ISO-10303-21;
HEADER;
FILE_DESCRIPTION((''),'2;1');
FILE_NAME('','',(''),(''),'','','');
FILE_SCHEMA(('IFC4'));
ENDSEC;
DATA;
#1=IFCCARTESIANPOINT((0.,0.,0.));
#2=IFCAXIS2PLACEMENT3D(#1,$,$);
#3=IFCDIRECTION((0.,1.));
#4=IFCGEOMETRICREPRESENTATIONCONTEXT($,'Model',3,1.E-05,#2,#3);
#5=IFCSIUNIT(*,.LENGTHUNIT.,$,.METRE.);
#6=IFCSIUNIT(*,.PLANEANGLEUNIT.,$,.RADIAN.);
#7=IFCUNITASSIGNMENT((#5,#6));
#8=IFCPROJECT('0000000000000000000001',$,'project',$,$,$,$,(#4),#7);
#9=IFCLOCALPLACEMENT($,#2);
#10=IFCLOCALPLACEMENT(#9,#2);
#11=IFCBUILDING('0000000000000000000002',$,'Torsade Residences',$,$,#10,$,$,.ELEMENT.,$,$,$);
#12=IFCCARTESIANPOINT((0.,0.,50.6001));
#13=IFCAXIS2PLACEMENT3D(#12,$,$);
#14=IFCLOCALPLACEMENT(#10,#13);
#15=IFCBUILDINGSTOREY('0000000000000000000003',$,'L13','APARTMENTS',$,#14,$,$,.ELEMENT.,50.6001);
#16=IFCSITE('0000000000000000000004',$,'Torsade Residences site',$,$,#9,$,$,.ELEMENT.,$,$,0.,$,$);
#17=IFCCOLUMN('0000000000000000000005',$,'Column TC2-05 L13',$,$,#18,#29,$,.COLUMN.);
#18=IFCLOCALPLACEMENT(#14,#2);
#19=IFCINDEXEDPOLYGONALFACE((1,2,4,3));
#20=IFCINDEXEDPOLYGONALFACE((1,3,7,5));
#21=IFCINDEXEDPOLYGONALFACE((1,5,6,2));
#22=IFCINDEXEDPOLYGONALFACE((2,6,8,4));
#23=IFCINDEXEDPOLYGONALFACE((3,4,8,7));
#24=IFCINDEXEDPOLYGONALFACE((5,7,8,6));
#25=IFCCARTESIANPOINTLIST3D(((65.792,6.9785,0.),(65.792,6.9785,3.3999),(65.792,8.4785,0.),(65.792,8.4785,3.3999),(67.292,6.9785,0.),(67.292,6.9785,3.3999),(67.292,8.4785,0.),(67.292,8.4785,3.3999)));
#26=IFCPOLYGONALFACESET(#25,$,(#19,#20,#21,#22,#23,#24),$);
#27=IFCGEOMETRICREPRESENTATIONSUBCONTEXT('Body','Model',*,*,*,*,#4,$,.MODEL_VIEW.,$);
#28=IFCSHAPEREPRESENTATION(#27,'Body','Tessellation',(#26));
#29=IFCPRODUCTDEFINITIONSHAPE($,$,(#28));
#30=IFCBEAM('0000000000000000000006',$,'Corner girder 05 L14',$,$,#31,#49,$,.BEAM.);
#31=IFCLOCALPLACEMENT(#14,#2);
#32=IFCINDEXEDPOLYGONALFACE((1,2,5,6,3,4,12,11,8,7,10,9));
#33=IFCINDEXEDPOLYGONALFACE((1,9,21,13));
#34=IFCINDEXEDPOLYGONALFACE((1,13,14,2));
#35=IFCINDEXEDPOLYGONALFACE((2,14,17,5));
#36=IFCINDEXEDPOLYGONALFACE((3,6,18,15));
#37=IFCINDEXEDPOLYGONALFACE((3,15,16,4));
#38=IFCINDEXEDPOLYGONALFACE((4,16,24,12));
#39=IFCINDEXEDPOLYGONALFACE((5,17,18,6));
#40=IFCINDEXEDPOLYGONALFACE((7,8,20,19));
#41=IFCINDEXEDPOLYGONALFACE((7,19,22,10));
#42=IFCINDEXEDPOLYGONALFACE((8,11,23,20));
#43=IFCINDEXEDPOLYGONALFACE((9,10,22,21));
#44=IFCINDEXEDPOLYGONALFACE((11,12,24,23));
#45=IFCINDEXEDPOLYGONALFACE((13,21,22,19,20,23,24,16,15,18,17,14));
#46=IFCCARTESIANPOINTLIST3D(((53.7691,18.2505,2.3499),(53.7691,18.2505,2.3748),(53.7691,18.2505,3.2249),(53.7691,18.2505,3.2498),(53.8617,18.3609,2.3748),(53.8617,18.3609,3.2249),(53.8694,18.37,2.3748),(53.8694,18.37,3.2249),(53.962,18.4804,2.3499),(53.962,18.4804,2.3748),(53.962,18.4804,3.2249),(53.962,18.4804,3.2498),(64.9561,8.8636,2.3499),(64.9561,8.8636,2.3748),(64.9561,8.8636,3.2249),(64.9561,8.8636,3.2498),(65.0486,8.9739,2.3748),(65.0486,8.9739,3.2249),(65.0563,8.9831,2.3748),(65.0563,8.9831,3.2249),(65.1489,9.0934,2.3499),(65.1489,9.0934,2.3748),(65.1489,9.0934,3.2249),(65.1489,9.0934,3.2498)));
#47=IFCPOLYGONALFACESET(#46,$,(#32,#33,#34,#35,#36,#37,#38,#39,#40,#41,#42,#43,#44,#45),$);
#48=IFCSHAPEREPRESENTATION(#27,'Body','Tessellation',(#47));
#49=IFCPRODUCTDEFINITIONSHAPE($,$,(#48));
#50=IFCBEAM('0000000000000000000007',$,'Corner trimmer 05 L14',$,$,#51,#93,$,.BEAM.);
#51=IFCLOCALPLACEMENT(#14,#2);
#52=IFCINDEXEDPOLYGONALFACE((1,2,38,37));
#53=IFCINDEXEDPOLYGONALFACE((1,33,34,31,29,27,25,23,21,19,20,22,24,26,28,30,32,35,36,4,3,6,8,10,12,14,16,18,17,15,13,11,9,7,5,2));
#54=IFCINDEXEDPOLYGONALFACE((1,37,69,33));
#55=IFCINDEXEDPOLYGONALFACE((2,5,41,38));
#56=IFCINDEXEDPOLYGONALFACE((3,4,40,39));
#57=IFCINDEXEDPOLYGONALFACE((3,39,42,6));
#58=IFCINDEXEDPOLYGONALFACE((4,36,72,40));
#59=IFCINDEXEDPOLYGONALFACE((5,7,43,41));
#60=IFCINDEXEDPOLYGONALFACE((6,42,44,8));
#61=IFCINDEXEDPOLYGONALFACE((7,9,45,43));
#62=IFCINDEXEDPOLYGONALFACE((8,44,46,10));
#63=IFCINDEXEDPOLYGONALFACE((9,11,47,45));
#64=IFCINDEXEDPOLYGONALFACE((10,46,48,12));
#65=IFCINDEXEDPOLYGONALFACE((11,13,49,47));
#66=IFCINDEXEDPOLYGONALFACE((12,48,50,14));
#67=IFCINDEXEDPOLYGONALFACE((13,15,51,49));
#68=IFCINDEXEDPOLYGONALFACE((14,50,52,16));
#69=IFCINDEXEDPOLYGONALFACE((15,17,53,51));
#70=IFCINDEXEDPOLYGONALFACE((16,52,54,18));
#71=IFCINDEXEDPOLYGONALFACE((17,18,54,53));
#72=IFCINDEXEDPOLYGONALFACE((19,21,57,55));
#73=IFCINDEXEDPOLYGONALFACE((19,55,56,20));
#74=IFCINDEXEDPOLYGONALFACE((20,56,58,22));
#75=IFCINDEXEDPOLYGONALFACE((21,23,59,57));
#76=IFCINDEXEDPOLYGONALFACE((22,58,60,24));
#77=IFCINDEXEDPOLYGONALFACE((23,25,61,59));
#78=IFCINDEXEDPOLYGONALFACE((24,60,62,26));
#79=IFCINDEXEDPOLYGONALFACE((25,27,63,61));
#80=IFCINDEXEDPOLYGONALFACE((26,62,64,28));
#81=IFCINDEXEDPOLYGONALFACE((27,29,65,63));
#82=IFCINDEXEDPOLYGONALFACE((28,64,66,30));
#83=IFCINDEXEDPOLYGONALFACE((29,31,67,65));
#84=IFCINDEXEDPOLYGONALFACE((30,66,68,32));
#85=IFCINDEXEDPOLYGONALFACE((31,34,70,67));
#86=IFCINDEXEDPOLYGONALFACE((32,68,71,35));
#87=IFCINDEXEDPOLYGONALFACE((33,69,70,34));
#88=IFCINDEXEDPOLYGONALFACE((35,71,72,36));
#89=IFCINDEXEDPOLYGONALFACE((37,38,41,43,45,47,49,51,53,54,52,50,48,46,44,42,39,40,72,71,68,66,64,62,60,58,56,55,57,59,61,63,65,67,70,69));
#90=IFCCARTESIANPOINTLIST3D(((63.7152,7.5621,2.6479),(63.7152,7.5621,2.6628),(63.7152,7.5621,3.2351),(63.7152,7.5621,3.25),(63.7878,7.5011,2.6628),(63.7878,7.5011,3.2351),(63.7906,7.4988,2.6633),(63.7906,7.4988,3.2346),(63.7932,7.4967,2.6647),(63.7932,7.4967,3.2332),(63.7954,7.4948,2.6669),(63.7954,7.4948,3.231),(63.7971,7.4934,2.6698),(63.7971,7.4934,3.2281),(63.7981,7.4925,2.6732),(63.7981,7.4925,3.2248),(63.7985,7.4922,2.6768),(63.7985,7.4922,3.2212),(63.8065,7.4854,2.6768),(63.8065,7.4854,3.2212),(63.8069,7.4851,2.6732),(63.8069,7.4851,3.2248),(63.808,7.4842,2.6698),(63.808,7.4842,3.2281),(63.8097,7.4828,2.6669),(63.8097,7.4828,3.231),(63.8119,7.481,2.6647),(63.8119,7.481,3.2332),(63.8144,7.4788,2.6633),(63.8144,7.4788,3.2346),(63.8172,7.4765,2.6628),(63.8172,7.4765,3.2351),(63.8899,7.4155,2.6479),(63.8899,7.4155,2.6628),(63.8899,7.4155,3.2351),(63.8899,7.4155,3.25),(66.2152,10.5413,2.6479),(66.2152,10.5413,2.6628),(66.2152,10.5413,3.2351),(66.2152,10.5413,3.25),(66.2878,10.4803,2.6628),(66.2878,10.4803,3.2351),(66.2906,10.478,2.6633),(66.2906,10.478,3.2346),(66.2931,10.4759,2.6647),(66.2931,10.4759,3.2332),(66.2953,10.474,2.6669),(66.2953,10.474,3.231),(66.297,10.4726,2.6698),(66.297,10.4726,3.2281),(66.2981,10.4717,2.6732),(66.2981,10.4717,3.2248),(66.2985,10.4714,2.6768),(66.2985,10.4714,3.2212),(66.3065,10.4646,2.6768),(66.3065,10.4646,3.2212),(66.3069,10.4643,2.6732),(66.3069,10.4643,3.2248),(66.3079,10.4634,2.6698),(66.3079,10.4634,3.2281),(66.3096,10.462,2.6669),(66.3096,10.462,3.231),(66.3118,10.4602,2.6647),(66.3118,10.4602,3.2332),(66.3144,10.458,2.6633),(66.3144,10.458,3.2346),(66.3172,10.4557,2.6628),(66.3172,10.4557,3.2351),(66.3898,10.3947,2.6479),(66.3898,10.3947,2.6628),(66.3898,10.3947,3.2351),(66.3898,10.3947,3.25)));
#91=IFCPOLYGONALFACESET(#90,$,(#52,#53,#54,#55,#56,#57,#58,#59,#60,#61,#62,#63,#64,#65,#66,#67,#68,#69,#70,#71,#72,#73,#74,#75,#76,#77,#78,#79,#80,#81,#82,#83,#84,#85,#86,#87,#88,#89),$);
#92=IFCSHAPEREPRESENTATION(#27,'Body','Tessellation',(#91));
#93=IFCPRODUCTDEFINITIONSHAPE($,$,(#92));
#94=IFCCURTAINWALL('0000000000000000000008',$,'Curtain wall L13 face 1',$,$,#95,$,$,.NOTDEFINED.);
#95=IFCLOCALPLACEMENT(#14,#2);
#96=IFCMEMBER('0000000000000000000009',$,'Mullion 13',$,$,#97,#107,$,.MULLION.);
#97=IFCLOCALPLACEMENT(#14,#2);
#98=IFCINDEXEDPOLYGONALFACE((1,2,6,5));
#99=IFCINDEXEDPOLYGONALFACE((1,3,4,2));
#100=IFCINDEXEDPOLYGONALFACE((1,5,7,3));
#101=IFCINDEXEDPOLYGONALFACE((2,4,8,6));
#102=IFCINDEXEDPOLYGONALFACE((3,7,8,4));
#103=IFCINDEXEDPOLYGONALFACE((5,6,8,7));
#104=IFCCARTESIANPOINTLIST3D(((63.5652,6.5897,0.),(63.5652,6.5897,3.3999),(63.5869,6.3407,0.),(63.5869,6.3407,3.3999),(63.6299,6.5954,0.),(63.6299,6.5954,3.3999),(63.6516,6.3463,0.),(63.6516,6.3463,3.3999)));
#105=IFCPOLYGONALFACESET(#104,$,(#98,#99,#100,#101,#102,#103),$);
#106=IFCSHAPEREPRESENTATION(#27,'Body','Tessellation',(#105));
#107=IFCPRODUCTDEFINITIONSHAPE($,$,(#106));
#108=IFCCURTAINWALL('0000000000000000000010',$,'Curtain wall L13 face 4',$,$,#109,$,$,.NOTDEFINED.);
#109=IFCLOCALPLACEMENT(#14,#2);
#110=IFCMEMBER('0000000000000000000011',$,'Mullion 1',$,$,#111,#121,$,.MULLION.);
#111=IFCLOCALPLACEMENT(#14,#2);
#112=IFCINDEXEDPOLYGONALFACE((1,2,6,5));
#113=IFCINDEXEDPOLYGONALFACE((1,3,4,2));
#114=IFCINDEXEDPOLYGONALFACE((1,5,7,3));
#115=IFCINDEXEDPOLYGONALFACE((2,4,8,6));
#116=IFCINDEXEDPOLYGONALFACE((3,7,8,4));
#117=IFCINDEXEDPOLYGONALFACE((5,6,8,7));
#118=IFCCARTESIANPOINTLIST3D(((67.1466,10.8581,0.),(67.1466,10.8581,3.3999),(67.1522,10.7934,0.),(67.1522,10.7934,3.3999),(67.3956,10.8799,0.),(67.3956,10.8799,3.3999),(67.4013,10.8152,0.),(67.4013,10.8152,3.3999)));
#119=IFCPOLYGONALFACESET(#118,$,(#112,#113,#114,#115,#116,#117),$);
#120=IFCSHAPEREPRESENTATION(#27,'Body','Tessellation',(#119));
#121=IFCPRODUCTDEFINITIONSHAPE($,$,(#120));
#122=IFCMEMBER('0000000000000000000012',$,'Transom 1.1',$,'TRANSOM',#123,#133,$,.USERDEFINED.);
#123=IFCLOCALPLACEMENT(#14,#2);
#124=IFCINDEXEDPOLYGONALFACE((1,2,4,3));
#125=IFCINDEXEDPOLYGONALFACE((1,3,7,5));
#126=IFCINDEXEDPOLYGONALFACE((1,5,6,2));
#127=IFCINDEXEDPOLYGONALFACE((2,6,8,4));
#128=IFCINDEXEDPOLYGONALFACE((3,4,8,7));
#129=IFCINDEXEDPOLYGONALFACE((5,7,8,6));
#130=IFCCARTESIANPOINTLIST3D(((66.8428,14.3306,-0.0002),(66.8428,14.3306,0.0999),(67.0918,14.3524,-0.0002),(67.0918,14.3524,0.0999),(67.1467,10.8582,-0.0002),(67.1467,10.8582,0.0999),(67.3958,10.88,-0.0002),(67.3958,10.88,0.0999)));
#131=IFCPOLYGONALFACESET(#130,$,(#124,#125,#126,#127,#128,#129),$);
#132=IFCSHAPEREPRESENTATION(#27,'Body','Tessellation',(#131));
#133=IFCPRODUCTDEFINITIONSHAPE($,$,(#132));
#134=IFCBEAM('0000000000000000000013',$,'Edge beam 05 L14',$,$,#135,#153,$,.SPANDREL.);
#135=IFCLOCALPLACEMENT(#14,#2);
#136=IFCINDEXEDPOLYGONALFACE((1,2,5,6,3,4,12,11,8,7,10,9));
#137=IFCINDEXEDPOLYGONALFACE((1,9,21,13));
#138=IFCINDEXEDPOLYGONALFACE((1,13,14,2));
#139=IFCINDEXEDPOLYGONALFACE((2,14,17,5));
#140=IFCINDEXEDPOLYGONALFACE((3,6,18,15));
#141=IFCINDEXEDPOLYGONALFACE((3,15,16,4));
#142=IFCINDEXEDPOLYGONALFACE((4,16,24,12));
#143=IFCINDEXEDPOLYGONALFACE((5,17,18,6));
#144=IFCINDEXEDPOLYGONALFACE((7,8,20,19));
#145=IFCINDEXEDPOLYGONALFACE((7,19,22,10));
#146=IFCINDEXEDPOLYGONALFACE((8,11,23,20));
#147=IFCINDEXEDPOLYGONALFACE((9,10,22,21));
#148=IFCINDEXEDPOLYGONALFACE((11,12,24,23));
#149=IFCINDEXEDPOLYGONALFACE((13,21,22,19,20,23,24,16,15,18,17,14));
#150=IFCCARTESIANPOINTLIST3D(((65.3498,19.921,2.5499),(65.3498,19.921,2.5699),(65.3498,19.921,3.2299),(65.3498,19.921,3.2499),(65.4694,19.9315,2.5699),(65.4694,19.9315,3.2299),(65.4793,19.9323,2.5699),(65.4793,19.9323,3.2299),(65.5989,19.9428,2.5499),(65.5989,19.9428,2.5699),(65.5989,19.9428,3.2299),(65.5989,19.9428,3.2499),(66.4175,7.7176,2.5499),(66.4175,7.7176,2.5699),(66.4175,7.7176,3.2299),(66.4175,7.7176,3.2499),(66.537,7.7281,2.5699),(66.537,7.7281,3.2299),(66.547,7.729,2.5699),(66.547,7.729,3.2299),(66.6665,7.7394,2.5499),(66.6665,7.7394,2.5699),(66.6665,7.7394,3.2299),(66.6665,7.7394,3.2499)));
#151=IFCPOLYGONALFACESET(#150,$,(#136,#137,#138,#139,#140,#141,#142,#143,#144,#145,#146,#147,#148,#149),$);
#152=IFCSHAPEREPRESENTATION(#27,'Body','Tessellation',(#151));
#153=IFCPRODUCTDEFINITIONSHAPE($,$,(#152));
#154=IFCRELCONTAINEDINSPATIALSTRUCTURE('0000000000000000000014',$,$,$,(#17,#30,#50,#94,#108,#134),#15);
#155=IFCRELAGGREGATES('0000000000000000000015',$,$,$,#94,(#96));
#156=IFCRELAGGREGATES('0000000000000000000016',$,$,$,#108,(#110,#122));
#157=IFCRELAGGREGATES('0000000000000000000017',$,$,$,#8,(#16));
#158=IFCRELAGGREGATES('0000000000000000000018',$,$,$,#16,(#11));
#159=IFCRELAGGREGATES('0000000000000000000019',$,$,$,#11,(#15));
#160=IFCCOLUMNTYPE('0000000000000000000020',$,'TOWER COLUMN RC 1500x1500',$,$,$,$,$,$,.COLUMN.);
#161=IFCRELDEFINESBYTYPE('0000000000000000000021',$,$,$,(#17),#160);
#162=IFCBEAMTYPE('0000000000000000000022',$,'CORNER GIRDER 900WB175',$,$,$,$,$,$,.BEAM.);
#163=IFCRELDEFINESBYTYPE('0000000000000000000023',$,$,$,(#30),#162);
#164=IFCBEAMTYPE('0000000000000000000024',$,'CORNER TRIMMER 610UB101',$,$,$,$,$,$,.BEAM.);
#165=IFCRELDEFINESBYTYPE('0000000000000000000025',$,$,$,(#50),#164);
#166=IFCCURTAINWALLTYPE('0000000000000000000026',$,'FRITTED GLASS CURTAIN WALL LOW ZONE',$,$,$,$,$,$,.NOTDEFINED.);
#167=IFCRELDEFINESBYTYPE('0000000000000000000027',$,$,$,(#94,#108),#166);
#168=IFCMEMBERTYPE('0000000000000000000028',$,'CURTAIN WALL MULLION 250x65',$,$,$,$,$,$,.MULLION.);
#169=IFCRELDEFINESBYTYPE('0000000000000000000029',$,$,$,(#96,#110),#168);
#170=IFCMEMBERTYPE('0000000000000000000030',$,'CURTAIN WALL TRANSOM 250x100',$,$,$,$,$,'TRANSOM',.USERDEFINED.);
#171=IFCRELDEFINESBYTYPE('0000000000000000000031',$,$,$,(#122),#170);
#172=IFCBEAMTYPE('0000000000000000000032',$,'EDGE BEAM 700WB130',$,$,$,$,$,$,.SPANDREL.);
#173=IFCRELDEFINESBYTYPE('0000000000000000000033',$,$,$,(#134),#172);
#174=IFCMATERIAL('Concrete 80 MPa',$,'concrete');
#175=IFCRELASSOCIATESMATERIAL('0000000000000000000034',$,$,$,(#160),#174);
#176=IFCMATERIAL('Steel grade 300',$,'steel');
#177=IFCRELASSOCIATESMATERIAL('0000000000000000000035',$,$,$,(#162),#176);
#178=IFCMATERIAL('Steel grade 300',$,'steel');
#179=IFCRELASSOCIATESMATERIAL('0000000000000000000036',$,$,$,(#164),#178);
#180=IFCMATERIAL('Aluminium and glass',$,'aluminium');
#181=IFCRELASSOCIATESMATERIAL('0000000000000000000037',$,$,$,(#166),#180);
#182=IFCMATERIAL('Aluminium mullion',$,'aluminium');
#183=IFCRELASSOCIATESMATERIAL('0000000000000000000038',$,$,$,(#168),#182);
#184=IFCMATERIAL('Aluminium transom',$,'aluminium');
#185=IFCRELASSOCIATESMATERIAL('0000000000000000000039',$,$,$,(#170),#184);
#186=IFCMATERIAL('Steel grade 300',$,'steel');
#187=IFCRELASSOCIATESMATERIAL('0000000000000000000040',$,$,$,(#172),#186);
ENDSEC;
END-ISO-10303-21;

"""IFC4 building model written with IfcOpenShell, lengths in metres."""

from ifc_helpers import new_model, si_unit, direction, frame, origin, origin_2d, place, context, subcontext, project, spatial, rectangle, i_section, extrude, material, material_profile, profile_set, type_object, element, aggregate, save


model = new_model("IFC4")

# Units and contexts
model_context = context("Model", 3, precision=1e-05, world=origin(), true_north=direction((0.0, 1.0)))
body_context = subcontext(model_context, "Body", "Model", "MODEL_VIEW")
ifc_project = project(units=[si_unit("LENGTHUNIT", "METRE"), si_unit("PLANEANGLEUNIT", "RADIAN")], contexts=[model_context])

# Site, building, storey
site_placement = place(None, origin())
site = spatial("IfcSite", under=ifc_project, at=site_placement, Name="Torsade Residences site", CompositionType="ELEMENT", RefElevation=0.0)
building_placement = place(site_placement, origin())
building = spatial("IfcBuilding", under=site, at=building_placement, Name="Torsade Residences", CompositionType="ELEMENT")
storey_placement = place(building_placement, frame((0.0, 0.0, 50.6001)))
storey = spatial("IfcBuildingStorey", under=building, at=storey_placement, Name="L13", Description="APARTMENTS", CompositionType="ELEMENT", Elevation=50.6001)

# Column
ifc_material_1 = material(Name="Concrete 80 MPa", Category="concrete")
ifc_material_profile_1 = material_profile(ifc_material_1, rectangle(XDim=1.5, YDim=1.5, at=origin_2d()), Name="RC 1500x1500")
ifc_profile_set_1 = profile_set([ifc_material_profile_1], Name="Concrete 80 MPa")
column_type = type_object("IfcColumnType", Name="TOWER COLUMN RC 1500x1500", PredefinedType="COLUMN", material=ifc_profile_set_1)
column_placement = place(storey_placement, frame((66.542, 7.7285, 0.0), z_axis=(0.0, 0.0, 1.0), x_axis=(1.0, 0.0, 0.0)))
element("IfcColumn", 1, at=column_placement, inside=storey, type_object=column_type, Name="Column TC2-05 L13", PredefinedType="COLUMN", context=body_context, shape_type="SweptSolid", body=[
    extrude(rectangle(XDim=1.5, YDim=1.5, at=origin_2d()), origin(), (0.0, 0.0, 1.0), 3.3999),
])

# Beams
ifc_material_2 = material(Name="Steel grade 300", Category="steel")
ifc_material_profile_2 = material_profile(ifc_material_2, i_section(OverallWidth=0.3, OverallDepth=0.8999, WebThickness=0.012, FlangeThickness=0.0249, at=origin_2d()), Name="900WB175")
ifc_profile_set_2 = profile_set([ifc_material_profile_2], Name="Steel grade 300")
beam_type_1 = type_object("IfcBeamType", Name="CORNER GIRDER 900WB175", PredefinedType="BEAM", material=ifc_profile_set_2)
beam_1_placement = place(storey_placement, frame((65.0525, 8.9785, 2.7998), z_axis=(-0.766046, 0.642785, 0.0), x_axis=(-0.642785, -0.766046, 0.0)))
element("IfcBeam", 2, at=beam_1_placement, inside=storey, type_object=beam_type_1, Name="Corner girder 05 L14", PredefinedType="BEAM", context=body_context, shape_type="SweptSolid", body=[
    extrude(i_section(OverallWidth=0.3, OverallDepth=0.8999, WebThickness=0.012, FlangeThickness=0.0249, at=origin_2d()), origin(), (0.0, 0.0, 1.0), 14.6035),
])
ifc_material_3 = material(Name="Steel grade 300", Category="steel")
ifc_material_profile_3 = material_profile(ifc_material_3, i_section(OverallWidth=0.228, OverallDepth=0.6021, WebThickness=0.0105, FlangeThickness=0.0149, FilletRadius=0.0139, at=origin_2d()), Name="610UB101")
ifc_profile_set_3 = profile_set([ifc_material_profile_3], Name="Steel grade 300")
beam_type_2 = type_object("IfcBeamType", Name="CORNER TRIMMER 610UB101", PredefinedType="BEAM", material=ifc_profile_set_3)
beam_2_placement = place(storey_placement, frame((66.3025, 10.468, 2.949), z_axis=(-0.642805, -0.76603, 0.0), x_axis=(0.76603, -0.642805, 0.0)))
element("IfcBeam", 3, at=beam_2_placement, inside=storey, type_object=beam_type_2, Name="Corner trimmer 05 L14", PredefinedType="BEAM", context=body_context, shape_type="SweptSolid", body=[
    extrude(i_section(OverallWidth=0.228, OverallDepth=0.6021, WebThickness=0.0105, FlangeThickness=0.0149, FilletRadius=0.0139, at=origin_2d()), origin(), (0.0, 0.0, 1.0), 3.8892),
])

# Curtain wall, member
ifc_material_4 = material(Name="Aluminium and glass", Category="aluminium")
curtain_wall_type = type_object("IfcCurtainWallType", Name="FRITTED GLASS CURTAIN WALL LOW ZONE", PredefinedType="NOTDEFINED", material=ifc_material_4)
curtain_wall_1_placement = place(storey_placement, origin())
curtain_wall_1 = element("IfcCurtainWall", 4, at=curtain_wall_1_placement, inside=storey, type_object=curtain_wall_type, Name="Curtain wall L13 face 1", PredefinedType="NOTDEFINED")
ifc_material_5 = material(Name="Aluminium mullion", Category="aluminium")
ifc_material_profile_4 = material_profile(ifc_material_5, rectangle(XDim=0.25, YDim=0.0649, at=origin_2d()), Name="CURTAIN WALL MULLION 250x65")
ifc_profile_set_4 = profile_set([ifc_material_profile_4], Name="Aluminium mullion")
member_type_1 = type_object("IfcMemberType", Name="CURTAIN WALL MULLION 250x65", PredefinedType="MULLION", material=ifc_profile_set_4)
member_1_placement = place(storey_placement, frame((63.6084, 6.468, 0.0), z_axis=(0.0, 0.0, 1.0), x_axis=(-0.087156, 0.996195, 0.0)))
member_1 = element("IfcMember", 5, at=member_1_placement, type_object=member_type_1, Name="Mullion 13", PredefinedType="MULLION", context=body_context, shape_type="SweptSolid", body=[
    extrude(rectangle(XDim=0.25, YDim=0.0649, at=origin_2d()), origin(), (0.0, 0.0, 1.0), 3.3999),
])
aggregate(curtain_wall_1, [member_1])

# Curtain wall, members
curtain_wall_2_placement = place(storey_placement, origin())
curtain_wall_2 = element("IfcCurtainWall", 6, at=curtain_wall_2_placement, inside=storey, type_object=curtain_wall_type, Name="Curtain wall L13 face 4", PredefinedType="NOTDEFINED")
member_2_placement = place(storey_placement, frame((67.2739, 10.8367, 0.0), z_axis=(0.0, 0.0, 1.0), x_axis=(-0.996195, -0.087156, 0.0)))
member_2 = element("IfcMember", 7, at=member_2_placement, type_object=member_type_1, Name="Mullion 1", PredefinedType="MULLION", context=body_context, shape_type="SweptSolid", body=[
    extrude(rectangle(XDim=0.25, YDim=0.0649, at=origin_2d()), origin(), (0.0, 0.0, 1.0), 3.3999),
])
ifc_material_6 = material(Name="Aluminium transom", Category="aluminium")
ifc_material_profile_5 = material_profile(ifc_material_6, rectangle(XDim=0.25, YDim=0.1001, at=origin_2d()), Name="CURTAIN WALL TRANSOM 250x100")
ifc_profile_set_5 = profile_set([ifc_material_profile_5], Name="Aluminium transom")
member_type_2 = type_object("IfcMemberType", Name="CURTAIN WALL TRANSOM 250x100", ElementType="TRANSOM", PredefinedType="USERDEFINED", material=ifc_profile_set_5)
member_3_placement = place(storey_placement, frame((67.2712, 10.8691, 0.0498), z_axis=(-0.087201, 0.996191, 0.0), x_axis=(-0.996191, -0.087201, 0.0)))
member_3 = element("IfcMember", 8, at=member_3_placement, type_object=member_type_2, Name="Transom 1.1", ObjectType="TRANSOM", PredefinedType="USERDEFINED", context=body_context, shape_type="SweptSolid", body=[
    extrude(rectangle(XDim=0.25, YDim=0.1001, at=origin_2d()), origin(), (0.0, 0.0, 1.0), 3.4856),
])

# Beam
ifc_material_7 = material(Name="Steel grade 300", Category="steel")
ifc_material_profile_6 = material_profile(ifc_material_7, i_section(OverallWidth=0.25, OverallDepth=0.7, WebThickness=0.01, FlangeThickness=0.02, at=origin_2d()), Name="700WB130")
ifc_profile_set_6 = profile_set([ifc_material_profile_6], Name="Steel grade 300")
beam_type_3 = type_object("IfcBeamType", Name="EDGE BEAM 700WB130", PredefinedType="SPANDREL", material=ifc_profile_set_6)
beam_3_placement = place(storey_placement, frame((66.542, 7.7285, 2.8999), z_axis=(-0.087153, 0.996195, 0.0), x_axis=(-0.996195, -0.087153, 0.0)))
element("IfcBeam", 9, at=beam_3_placement, inside=storey, type_object=beam_type_3, Name="Edge beam 05 L14", PredefinedType="SPANDREL", context=body_context, shape_type="SweptSolid", body=[
    extrude(i_section(OverallWidth=0.25, OverallDepth=0.7, WebThickness=0.01, FlangeThickness=0.02, at=origin_2d()), origin(), (0.0, 0.0, 1.0), 12.25),
])

aggregate(curtain_wall_2, [member_2, member_3])

save(model, "model.ifc")
